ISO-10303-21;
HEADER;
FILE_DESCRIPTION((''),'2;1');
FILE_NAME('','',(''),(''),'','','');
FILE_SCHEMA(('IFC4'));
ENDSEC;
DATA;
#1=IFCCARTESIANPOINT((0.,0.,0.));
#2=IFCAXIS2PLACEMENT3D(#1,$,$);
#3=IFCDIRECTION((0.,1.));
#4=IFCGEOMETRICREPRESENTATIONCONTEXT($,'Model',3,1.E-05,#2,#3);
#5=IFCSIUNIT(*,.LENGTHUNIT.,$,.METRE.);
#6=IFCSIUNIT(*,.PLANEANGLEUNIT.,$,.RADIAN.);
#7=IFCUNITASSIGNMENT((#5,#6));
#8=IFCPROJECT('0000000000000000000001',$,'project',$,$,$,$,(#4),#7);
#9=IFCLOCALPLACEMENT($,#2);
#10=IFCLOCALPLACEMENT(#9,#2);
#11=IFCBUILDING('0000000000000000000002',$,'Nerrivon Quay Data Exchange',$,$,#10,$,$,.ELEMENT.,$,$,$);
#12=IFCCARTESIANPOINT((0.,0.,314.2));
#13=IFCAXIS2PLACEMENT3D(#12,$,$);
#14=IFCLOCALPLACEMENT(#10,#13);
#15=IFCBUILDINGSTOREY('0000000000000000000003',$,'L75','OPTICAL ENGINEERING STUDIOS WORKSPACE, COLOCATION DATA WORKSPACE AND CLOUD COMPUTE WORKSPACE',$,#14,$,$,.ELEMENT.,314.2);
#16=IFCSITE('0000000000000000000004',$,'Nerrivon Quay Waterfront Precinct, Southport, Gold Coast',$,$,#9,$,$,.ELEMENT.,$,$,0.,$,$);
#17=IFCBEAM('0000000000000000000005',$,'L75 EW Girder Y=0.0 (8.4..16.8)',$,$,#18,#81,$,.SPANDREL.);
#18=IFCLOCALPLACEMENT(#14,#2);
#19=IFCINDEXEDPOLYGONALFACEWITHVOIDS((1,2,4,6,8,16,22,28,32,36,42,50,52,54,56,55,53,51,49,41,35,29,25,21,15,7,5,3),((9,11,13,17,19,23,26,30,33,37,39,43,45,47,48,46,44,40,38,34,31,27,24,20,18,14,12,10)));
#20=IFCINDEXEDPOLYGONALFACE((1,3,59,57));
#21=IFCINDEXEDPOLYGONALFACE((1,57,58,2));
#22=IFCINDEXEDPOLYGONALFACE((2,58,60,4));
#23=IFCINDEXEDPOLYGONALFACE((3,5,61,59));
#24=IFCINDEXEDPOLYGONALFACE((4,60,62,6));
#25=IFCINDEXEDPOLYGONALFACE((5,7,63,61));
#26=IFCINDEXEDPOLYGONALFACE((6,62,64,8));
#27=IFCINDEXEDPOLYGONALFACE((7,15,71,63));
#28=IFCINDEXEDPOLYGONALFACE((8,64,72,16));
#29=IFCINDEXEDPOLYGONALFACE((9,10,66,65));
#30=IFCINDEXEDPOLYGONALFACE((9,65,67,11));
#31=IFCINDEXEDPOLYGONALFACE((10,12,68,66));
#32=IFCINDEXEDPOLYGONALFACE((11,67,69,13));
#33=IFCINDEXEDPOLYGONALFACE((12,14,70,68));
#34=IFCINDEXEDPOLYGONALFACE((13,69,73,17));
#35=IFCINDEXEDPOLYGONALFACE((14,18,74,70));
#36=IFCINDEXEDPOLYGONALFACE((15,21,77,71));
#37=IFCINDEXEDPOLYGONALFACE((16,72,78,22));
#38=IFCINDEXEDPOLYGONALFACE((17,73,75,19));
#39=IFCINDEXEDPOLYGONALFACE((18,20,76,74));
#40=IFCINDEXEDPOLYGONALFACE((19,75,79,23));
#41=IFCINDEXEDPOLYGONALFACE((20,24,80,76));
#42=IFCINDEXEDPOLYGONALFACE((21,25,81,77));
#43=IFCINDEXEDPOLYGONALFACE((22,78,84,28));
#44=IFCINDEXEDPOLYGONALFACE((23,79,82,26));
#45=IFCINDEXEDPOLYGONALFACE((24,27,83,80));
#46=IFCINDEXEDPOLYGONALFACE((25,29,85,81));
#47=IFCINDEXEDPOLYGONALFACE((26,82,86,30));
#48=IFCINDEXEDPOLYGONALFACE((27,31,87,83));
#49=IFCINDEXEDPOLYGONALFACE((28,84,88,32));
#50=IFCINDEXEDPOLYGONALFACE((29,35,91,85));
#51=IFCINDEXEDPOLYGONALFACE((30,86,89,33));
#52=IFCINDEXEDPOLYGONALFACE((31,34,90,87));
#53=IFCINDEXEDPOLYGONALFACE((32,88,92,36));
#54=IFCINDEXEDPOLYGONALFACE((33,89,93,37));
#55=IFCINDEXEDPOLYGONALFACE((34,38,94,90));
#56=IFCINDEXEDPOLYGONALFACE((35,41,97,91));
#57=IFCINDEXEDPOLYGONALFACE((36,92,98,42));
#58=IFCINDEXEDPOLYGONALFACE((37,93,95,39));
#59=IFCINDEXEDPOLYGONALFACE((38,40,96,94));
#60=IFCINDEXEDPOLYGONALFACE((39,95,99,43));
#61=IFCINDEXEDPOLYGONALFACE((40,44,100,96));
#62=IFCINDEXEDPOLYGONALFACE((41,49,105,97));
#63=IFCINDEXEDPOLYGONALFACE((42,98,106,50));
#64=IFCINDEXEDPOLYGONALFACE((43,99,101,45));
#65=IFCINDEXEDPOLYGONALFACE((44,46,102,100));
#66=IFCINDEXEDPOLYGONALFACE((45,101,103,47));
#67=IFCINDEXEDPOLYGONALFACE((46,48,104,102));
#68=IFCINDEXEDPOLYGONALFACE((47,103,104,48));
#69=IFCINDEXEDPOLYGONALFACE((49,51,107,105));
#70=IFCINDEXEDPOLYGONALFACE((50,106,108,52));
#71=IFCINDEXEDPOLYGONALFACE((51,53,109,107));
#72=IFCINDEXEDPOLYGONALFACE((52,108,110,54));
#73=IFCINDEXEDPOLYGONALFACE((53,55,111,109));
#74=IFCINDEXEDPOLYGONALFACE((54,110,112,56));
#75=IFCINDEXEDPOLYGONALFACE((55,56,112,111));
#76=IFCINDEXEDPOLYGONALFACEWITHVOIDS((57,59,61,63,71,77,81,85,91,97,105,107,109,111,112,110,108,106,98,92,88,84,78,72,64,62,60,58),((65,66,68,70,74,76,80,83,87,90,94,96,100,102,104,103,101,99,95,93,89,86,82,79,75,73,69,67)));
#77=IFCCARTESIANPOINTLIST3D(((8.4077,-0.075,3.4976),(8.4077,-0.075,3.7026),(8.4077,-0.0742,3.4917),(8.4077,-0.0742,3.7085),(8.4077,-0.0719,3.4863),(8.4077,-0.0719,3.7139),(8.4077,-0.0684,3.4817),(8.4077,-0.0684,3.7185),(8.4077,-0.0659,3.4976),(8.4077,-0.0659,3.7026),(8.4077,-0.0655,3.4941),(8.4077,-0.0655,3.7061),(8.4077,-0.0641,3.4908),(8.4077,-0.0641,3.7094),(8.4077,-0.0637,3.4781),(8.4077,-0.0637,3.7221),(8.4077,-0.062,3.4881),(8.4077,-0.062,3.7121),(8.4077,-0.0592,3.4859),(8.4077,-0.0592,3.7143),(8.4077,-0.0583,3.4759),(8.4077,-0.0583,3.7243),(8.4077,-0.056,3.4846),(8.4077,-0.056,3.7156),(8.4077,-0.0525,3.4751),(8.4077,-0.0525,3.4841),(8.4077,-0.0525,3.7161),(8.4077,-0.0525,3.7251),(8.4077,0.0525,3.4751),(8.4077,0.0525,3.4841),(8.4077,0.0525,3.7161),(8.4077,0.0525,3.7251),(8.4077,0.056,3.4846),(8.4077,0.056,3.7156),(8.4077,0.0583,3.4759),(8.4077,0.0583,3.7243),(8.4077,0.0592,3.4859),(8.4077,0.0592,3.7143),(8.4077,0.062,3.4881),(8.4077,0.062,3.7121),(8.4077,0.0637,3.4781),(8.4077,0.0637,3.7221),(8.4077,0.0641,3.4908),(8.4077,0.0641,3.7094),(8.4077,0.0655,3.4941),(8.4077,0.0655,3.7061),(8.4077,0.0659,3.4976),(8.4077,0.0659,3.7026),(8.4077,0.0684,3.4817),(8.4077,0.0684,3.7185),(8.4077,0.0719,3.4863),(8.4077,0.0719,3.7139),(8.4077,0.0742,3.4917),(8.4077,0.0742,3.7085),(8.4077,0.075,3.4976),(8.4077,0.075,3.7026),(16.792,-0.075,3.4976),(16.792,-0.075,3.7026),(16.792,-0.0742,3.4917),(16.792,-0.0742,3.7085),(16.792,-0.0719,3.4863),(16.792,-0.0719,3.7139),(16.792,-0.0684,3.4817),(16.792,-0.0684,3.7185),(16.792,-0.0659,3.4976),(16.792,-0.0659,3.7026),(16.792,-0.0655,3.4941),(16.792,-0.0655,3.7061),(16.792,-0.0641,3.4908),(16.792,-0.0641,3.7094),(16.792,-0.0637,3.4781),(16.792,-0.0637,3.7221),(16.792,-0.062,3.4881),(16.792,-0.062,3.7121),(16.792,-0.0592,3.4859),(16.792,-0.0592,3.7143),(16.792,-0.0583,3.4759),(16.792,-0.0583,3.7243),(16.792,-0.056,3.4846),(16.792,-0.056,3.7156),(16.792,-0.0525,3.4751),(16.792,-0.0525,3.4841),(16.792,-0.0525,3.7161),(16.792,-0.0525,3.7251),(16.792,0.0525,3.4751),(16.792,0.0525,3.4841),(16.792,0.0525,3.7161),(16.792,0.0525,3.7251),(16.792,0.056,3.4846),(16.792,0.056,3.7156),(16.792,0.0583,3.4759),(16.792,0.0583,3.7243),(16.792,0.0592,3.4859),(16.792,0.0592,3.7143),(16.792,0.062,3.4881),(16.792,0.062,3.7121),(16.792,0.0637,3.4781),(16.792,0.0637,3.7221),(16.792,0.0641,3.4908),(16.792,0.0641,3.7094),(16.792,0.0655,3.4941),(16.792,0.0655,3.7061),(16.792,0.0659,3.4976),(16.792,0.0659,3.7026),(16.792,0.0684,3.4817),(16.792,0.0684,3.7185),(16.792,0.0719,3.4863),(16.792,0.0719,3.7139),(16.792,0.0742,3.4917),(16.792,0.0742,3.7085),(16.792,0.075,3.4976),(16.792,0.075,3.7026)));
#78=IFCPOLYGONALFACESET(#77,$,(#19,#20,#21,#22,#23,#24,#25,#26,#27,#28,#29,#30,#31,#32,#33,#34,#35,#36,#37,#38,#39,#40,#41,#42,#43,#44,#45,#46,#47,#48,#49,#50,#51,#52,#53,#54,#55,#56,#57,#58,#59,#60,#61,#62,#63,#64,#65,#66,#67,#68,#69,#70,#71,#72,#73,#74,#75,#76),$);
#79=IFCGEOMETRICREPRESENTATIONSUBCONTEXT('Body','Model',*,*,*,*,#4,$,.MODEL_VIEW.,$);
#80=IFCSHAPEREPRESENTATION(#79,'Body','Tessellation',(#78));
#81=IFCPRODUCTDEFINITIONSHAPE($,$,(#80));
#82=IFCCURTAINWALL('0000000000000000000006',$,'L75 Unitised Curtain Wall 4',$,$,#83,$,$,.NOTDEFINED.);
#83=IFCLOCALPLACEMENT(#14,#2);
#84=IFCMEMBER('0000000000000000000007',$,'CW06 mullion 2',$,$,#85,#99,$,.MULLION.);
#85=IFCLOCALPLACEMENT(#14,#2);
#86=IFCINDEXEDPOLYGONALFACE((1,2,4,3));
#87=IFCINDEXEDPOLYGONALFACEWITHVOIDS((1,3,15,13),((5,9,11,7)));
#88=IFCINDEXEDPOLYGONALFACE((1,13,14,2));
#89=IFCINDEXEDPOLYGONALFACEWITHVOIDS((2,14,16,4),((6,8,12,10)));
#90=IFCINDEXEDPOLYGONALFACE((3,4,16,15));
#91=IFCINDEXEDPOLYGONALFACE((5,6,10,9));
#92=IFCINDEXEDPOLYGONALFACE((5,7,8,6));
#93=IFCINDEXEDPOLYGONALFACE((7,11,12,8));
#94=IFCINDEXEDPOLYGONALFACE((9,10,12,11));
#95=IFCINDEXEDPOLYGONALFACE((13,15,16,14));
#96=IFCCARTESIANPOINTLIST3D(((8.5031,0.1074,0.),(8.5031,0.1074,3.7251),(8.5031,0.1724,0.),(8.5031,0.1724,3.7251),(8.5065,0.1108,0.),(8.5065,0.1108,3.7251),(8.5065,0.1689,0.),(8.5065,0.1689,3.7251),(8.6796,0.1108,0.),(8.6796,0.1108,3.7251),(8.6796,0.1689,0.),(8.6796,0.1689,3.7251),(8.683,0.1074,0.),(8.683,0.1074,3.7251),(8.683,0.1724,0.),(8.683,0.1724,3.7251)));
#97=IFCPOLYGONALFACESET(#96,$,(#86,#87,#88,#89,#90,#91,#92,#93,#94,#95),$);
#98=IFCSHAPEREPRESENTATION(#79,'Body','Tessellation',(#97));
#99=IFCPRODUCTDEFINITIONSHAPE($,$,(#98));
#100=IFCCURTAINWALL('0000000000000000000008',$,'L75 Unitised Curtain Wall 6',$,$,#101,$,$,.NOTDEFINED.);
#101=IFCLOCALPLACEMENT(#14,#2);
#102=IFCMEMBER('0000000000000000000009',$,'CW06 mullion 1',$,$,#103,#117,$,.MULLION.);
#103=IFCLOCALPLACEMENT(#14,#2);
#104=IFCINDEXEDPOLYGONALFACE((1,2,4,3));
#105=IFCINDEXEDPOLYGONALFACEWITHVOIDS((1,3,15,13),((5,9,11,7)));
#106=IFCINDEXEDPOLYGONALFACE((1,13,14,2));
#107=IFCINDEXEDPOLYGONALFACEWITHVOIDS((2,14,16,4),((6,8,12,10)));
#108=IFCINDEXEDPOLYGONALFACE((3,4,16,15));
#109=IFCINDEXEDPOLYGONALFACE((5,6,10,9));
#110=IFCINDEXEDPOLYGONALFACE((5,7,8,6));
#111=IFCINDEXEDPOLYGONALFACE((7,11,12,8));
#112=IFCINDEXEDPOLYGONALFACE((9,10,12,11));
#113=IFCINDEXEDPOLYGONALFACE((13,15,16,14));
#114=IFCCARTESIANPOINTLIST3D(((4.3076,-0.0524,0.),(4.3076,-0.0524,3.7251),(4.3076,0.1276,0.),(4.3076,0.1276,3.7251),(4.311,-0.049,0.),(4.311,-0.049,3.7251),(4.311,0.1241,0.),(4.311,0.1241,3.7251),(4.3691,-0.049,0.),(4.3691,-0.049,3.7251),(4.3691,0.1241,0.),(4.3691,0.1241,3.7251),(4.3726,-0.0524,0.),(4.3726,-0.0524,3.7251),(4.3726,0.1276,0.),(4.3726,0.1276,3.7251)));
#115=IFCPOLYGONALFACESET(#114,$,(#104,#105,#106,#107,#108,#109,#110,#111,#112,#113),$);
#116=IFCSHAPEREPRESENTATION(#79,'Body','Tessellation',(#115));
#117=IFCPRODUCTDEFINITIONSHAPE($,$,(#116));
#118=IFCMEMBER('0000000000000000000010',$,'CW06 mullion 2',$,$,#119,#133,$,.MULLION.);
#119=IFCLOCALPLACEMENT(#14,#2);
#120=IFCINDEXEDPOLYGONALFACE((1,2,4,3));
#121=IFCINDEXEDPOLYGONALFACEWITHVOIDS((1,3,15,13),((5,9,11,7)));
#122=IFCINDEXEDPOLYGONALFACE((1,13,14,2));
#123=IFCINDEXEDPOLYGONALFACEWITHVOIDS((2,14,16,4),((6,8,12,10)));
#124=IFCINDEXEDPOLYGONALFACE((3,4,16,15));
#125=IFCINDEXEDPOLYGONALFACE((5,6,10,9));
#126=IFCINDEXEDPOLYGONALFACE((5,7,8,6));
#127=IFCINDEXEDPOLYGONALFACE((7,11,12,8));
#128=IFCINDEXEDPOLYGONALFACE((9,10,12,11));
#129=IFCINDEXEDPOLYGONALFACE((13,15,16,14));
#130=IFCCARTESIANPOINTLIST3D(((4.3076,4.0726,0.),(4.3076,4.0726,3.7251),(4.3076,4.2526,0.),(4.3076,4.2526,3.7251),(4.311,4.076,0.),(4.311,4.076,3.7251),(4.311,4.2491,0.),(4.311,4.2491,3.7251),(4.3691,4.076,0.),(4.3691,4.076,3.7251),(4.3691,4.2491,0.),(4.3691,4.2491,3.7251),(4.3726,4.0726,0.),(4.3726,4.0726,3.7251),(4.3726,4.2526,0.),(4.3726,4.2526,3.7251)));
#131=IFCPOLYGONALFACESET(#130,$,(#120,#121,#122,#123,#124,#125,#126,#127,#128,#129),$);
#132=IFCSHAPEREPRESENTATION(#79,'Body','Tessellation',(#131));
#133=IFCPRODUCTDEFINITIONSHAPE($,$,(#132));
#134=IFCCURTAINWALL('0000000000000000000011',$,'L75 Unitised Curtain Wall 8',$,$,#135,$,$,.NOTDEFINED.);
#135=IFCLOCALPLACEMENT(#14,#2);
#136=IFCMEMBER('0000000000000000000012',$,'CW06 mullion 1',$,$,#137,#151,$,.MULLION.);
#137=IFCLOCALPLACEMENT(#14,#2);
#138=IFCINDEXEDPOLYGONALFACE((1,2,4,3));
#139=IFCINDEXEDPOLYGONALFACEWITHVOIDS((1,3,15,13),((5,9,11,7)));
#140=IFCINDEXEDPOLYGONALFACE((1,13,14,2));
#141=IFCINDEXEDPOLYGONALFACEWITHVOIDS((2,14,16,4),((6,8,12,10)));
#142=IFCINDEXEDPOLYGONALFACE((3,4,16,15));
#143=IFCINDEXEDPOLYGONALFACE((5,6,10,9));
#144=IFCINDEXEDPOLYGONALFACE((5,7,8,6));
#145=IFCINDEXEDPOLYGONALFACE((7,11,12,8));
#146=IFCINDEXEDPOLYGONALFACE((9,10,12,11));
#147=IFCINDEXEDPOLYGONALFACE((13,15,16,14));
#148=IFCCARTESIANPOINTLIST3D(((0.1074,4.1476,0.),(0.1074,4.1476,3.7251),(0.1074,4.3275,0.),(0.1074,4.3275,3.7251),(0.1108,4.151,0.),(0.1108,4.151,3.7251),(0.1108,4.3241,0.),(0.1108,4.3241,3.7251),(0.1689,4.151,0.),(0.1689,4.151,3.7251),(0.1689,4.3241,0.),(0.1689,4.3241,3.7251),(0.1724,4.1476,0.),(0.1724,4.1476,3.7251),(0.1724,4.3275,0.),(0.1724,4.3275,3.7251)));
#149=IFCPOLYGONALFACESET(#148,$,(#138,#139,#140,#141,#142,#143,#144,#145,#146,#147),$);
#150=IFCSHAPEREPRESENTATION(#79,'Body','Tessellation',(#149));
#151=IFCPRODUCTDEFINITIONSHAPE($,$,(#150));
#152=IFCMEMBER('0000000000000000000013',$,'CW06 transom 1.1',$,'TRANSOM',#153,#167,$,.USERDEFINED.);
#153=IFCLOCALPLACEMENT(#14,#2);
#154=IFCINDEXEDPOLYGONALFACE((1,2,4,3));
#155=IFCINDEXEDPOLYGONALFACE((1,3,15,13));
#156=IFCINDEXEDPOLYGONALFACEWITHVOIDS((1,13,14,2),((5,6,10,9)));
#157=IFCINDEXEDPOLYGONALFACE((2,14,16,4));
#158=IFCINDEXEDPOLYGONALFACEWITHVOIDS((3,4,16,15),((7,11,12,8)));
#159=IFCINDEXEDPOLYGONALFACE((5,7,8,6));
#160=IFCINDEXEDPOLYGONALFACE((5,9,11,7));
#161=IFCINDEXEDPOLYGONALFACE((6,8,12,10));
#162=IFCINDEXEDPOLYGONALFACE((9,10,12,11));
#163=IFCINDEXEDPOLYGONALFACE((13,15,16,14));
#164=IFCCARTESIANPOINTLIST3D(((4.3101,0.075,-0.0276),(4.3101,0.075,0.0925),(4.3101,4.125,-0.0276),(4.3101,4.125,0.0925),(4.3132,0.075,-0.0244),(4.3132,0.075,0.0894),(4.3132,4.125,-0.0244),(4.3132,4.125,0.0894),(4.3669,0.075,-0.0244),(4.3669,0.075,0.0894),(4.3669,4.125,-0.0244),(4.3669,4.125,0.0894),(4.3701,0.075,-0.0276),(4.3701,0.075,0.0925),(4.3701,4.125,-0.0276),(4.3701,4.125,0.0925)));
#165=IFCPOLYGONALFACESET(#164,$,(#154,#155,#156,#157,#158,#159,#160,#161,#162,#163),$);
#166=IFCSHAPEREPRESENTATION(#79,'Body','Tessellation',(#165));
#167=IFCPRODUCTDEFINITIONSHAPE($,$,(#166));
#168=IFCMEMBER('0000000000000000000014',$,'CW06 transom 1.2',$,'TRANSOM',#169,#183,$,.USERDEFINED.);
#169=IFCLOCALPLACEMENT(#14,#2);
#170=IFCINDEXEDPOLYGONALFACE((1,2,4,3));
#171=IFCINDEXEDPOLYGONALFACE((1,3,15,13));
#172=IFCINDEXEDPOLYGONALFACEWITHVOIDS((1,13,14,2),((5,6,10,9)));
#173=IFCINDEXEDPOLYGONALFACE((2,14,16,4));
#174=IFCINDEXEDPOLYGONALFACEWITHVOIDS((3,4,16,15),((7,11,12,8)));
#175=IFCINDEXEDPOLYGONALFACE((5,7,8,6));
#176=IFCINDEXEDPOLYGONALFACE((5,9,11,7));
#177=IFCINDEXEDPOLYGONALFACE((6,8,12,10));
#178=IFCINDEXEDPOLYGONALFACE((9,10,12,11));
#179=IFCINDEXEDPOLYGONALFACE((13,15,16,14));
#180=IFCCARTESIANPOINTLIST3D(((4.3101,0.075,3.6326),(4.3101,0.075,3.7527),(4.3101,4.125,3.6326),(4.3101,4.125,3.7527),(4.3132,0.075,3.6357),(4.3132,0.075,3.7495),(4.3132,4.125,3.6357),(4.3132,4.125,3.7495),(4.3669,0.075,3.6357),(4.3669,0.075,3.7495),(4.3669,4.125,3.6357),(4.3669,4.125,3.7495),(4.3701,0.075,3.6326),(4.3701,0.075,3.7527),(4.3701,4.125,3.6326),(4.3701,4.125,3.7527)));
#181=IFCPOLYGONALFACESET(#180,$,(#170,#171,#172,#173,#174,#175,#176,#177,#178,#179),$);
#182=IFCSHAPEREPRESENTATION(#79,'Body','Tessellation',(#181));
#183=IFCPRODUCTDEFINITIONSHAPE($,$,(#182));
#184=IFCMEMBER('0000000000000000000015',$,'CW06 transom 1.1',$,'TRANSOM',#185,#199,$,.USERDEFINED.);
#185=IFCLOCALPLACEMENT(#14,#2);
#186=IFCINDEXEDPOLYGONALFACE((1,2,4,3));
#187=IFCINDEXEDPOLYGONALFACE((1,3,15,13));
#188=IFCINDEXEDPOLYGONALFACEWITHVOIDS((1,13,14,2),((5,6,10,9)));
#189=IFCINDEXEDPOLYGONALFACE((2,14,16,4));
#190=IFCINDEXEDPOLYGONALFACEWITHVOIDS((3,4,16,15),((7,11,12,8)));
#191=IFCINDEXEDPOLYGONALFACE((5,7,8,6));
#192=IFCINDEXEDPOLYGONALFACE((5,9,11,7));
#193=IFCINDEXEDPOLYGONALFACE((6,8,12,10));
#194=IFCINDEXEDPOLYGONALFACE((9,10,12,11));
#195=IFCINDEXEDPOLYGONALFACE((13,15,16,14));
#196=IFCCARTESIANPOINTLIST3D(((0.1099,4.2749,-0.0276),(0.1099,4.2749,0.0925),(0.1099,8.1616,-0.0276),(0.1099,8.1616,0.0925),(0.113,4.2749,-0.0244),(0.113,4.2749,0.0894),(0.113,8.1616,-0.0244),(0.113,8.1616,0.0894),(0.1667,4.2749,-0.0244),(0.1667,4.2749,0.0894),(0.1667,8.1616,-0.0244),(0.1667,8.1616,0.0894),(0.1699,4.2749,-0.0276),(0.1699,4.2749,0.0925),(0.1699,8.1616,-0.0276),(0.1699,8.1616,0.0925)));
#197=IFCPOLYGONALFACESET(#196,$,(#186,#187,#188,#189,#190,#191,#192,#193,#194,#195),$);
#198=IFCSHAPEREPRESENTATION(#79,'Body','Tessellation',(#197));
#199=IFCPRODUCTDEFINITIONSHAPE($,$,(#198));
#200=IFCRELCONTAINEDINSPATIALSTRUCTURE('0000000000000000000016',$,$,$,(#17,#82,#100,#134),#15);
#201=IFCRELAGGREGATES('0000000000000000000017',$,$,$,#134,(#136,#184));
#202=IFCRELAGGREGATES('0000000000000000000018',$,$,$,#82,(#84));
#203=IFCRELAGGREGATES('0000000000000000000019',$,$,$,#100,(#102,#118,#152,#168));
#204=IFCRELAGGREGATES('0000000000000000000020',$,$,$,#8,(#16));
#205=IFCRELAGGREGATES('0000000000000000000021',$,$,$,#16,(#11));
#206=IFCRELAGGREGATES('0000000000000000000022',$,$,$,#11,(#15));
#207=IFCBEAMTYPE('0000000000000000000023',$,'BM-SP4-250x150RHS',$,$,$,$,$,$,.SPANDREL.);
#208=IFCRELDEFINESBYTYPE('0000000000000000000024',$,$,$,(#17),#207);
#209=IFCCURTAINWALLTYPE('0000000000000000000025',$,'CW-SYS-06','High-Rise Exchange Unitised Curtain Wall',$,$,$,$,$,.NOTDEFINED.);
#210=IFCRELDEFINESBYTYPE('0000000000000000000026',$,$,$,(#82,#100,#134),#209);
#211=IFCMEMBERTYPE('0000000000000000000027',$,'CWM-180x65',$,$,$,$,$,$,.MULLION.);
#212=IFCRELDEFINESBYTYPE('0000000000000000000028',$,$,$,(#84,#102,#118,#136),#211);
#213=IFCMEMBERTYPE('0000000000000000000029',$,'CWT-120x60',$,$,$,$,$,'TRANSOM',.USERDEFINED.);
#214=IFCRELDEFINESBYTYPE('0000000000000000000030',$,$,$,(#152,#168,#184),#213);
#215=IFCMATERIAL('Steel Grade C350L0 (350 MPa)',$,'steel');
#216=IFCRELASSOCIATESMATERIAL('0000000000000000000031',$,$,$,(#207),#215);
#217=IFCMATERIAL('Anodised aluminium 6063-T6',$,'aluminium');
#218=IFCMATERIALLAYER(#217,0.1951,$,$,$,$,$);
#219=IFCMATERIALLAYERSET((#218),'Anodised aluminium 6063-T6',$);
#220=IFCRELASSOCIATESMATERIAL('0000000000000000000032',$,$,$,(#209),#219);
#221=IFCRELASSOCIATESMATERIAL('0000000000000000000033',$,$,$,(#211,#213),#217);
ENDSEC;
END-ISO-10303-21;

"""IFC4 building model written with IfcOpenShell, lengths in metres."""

from ifc_helpers import new_model, si_unit, direction, frame, origin, origin_2d, place, context, subcontext, project, spatial, hollow_rectangle, extrude, material, layer, layer_set, material_profile, profile_set, type_object, element, aggregate, save


model = new_model("IFC4")

# Units and contexts
model_context = context("Model", 3, precision=1e-05, world=origin(), true_north=direction((0.0, 1.0)))
body_context = subcontext(model_context, "Body", "Model", "MODEL_VIEW")
ifc_project = project(units=[si_unit("LENGTHUNIT", "METRE"), si_unit("PLANEANGLEUNIT", "RADIAN")], contexts=[model_context])

# Site, building, storey
site_placement = place(None, origin())
site = spatial("IfcSite", under=ifc_project, at=site_placement, Name="Nerrivon Quay Waterfront Precinct, Southport, Gold Coast", CompositionType="ELEMENT", RefElevation=0.0)
building_placement = place(site_placement, origin())
building = spatial("IfcBuilding", under=site, at=building_placement, Name="Nerrivon Quay Data Exchange", CompositionType="ELEMENT")
storey_placement = place(building_placement, frame((0.0, 0.0, 314.2)))
storey = spatial("IfcBuildingStorey", under=building, at=storey_placement, Name="L75", Description="OPTICAL ENGINEERING STUDIOS WORKSPACE, COLOCATION DATA WORKSPACE AND CLOUD COMPUTE WORKSPACE", CompositionType="ELEMENT", Elevation=314.2)

# Beam
ifc_material_1 = material(Name="Steel Grade C350L0 (350 MPa)", Category="steel")
ifc_material_profile_1 = material_profile(ifc_material_1, hollow_rectangle(XDim=0.1499, YDim=0.25, WallThickness=0.009, InnerFilletRadius=0.0134, OuterFilletRadius=0.0225, at=origin_2d()), Name="250x150x9.0RHS")
ifc_profile_set_1 = profile_set([ifc_material_profile_1], Name="Steel Grade C350L0 (350 MPa)")
beam_type_1 = type_object("IfcBeamType", Name="BM-SP4-250x150RHS", PredefinedType="SPANDREL", material=ifc_profile_set_1)
beam_1_placement = place(storey_placement, frame((8.4077, 0.0, 3.6001), z_axis=(1.0, 0.0, 0.0), x_axis=(0.0, 1.0, 0.0)))
element("IfcBeam", 1, at=beam_1_placement, inside=storey, type_object=beam_type_1, Name="L75 EW Girder Y=0.0 (8.4..16.8)", PredefinedType="SPANDREL", context=body_context, shape_type="SweptSolid", body=[
    extrude(hollow_rectangle(XDim=0.1499, YDim=0.25, WallThickness=0.009, InnerFilletRadius=0.0134, OuterFilletRadius=0.0225, at=origin_2d()), origin(), (0.0, 0.0, 1.0), 8.3843),
])

# Curtain wall, member
ifc_material_2 = material(Name="Anodised aluminium 6063-T6", Category="aluminium")
ifc_layer_1 = layer(ifc_material_2, 0.1951)
ifc_layer_set_1 = layer_set([ifc_layer_1], Name="Anodised aluminium 6063-T6")
curtain_wall_type = type_object("IfcCurtainWallType", Name="CW-SYS-06", Description="High-Rise Exchange Unitised Curtain Wall", PredefinedType="NOTDEFINED", material=ifc_layer_set_1)
curtain_wall_1_placement = place(storey_placement, origin())
curtain_wall_1 = element("IfcCurtainWall", 2, at=curtain_wall_1_placement, inside=storey, type_object=curtain_wall_type, Name="L75 Unitised Curtain Wall 4", PredefinedType="NOTDEFINED")
ifc_material_profile_2 = material_profile(ifc_material_2, hollow_rectangle(XDim=0.0649, YDim=0.1799, WallThickness=0.0034, at=origin_2d()), Name="ALU-MULL-180x65")
ifc_profile_set_2 = profile_set([ifc_material_profile_2], Name="Anodised aluminium 6063-T6")
member_type_1 = type_object("IfcMemberType", Name="CWM-180x65", PredefinedType="MULLION", material=ifc_profile_set_2)
member_1_placement = place(storey_placement, frame((8.593, 0.1399, 0.0), z_axis=(0.0, 0.0, 1.0), x_axis=(0.0, -1.0, 0.0)))
member_1 = element("IfcMember", 3, at=member_1_placement, type_object=member_type_1, Name="CW06 mullion 2", PredefinedType="MULLION", context=body_context, shape_type="SweptSolid", body=[
    extrude(hollow_rectangle(XDim=0.0649, YDim=0.1799, WallThickness=0.0034, at=origin_2d()), origin(), (0.0, 0.0, 1.0), 3.7251),
])

# Curtain wall, members
curtain_wall_2_placement = place(storey_placement, origin())
curtain_wall_2 = element("IfcCurtainWall", 4, at=curtain_wall_2_placement, inside=storey, type_object=curtain_wall_type, Name="L75 Unitised Curtain Wall 6", PredefinedType="NOTDEFINED")
member_2_placement = place(storey_placement, frame((4.3401, 0.0376, 0.0), z_axis=(0.0, 0.0, 1.0), x_axis=(-1.0, 0.0, 0.0)))
member_2 = element("IfcMember", 5, at=member_2_placement, type_object=member_type_1, Name="CW06 mullion 1", PredefinedType="MULLION", context=body_context, shape_type="SweptSolid", body=[
    extrude(hollow_rectangle(XDim=0.0649, YDim=0.1799, WallThickness=0.0034, at=origin_2d()), origin(), (0.0, 0.0, 1.0), 3.7251),
])
member_3_placement = place(storey_placement, frame((4.3401, 4.1626, 0.0), z_axis=(0.0, 0.0, 1.0), x_axis=(-1.0, 0.0, 0.0)))
member_3 = element("IfcMember", 6, at=member_3_placement, type_object=member_type_1, Name="CW06 mullion 2", PredefinedType="MULLION", context=body_context, shape_type="SweptSolid", body=[
    extrude(hollow_rectangle(XDim=0.0649, YDim=0.1799, WallThickness=0.0034, at=origin_2d()), origin(), (0.0, 0.0, 1.0), 3.7251),
])

# Curtain wall, member
curtain_wall_3_placement = place(storey_placement, origin())
curtain_wall_3 = element("IfcCurtainWall", 7, at=curtain_wall_3_placement, inside=storey, type_object=curtain_wall_type, Name="L75 Unitised Curtain Wall 8", PredefinedType="NOTDEFINED")
member_4_placement = place(storey_placement, frame((0.1399, 4.2375, 0.0), z_axis=(0.0, 0.0, 1.0), x_axis=(-1.0, 0.0, 0.0)))
member_4 = element("IfcMember", 8, at=member_4_placement, type_object=member_type_1, Name="CW06 mullion 1", PredefinedType="MULLION", context=body_context, shape_type="SweptSolid", body=[
    extrude(hollow_rectangle(XDim=0.0649, YDim=0.1799, WallThickness=0.0034, at=origin_2d()), origin(), (0.0, 0.0, 1.0), 3.7251),
])

# Members
ifc_material_profile_3 = material_profile(ifc_material_2, hollow_rectangle(XDim=0.0601, YDim=0.1201, WallThickness=0.0032, at=origin_2d()), Name="ALU-TRAN-120x60")
ifc_profile_set_3 = profile_set([ifc_material_profile_3], Name="Anodised aluminium 6063-T6")
member_type_2 = type_object("IfcMemberType", Name="CWT-120x60", ElementType="TRANSOM", PredefinedType="USERDEFINED", material=ifc_profile_set_3)
member_5_placement = place(storey_placement, frame((4.3401, 0.075, 0.0325), z_axis=(0.0, 1.0, 0.0), x_axis=(-1.0, 0.0, 0.0)))
member_5 = element("IfcMember", 9, at=member_5_placement, type_object=member_type_2, Name="CW06 transom 1.1", ObjectType="TRANSOM", PredefinedType="USERDEFINED", context=body_context, shape_type="SweptSolid", body=[
    extrude(hollow_rectangle(XDim=0.0601, YDim=0.1201, WallThickness=0.0032, at=origin_2d()), origin(), (0.0, 0.0, 1.0), 4.05),
])
member_6_placement = place(storey_placement, frame((4.3401, 0.075, 3.6926), z_axis=(0.0, 1.0, 0.0), x_axis=(-1.0, 0.0, 0.0)))
member_6 = element("IfcMember", 10, at=member_6_placement, type_object=member_type_2, Name="CW06 transom 1.2", ObjectType="TRANSOM", PredefinedType="USERDEFINED", context=body_context, shape_type="SweptSolid", body=[
    extrude(hollow_rectangle(XDim=0.0601, YDim=0.1201, WallThickness=0.0032, at=origin_2d()), origin(), (0.0, 0.0, 1.0), 4.05),
])
member_7_placement = place(storey_placement, frame((0.1399, 4.2749, 0.0325), z_axis=(0.0, 1.0, 0.0), x_axis=(-1.0, 0.0, 0.0)))
member_7 = element("IfcMember", 11, at=member_7_placement, type_object=member_type_2, Name="CW06 transom 1.1", ObjectType="TRANSOM", PredefinedType="USERDEFINED", context=body_context, shape_type="SweptSolid", body=[
    extrude(hollow_rectangle(XDim=0.0601, YDim=0.1201, WallThickness=0.0032, at=origin_2d()), origin(), (0.0, 0.0, 1.0), 3.8867),
])
aggregate(curtain_wall_3, [member_4, member_7])

aggregate(curtain_wall_1, [member_1])
aggregate(curtain_wall_2, [member_2, member_3, member_5, member_6])

save(model, "model.ifc")
